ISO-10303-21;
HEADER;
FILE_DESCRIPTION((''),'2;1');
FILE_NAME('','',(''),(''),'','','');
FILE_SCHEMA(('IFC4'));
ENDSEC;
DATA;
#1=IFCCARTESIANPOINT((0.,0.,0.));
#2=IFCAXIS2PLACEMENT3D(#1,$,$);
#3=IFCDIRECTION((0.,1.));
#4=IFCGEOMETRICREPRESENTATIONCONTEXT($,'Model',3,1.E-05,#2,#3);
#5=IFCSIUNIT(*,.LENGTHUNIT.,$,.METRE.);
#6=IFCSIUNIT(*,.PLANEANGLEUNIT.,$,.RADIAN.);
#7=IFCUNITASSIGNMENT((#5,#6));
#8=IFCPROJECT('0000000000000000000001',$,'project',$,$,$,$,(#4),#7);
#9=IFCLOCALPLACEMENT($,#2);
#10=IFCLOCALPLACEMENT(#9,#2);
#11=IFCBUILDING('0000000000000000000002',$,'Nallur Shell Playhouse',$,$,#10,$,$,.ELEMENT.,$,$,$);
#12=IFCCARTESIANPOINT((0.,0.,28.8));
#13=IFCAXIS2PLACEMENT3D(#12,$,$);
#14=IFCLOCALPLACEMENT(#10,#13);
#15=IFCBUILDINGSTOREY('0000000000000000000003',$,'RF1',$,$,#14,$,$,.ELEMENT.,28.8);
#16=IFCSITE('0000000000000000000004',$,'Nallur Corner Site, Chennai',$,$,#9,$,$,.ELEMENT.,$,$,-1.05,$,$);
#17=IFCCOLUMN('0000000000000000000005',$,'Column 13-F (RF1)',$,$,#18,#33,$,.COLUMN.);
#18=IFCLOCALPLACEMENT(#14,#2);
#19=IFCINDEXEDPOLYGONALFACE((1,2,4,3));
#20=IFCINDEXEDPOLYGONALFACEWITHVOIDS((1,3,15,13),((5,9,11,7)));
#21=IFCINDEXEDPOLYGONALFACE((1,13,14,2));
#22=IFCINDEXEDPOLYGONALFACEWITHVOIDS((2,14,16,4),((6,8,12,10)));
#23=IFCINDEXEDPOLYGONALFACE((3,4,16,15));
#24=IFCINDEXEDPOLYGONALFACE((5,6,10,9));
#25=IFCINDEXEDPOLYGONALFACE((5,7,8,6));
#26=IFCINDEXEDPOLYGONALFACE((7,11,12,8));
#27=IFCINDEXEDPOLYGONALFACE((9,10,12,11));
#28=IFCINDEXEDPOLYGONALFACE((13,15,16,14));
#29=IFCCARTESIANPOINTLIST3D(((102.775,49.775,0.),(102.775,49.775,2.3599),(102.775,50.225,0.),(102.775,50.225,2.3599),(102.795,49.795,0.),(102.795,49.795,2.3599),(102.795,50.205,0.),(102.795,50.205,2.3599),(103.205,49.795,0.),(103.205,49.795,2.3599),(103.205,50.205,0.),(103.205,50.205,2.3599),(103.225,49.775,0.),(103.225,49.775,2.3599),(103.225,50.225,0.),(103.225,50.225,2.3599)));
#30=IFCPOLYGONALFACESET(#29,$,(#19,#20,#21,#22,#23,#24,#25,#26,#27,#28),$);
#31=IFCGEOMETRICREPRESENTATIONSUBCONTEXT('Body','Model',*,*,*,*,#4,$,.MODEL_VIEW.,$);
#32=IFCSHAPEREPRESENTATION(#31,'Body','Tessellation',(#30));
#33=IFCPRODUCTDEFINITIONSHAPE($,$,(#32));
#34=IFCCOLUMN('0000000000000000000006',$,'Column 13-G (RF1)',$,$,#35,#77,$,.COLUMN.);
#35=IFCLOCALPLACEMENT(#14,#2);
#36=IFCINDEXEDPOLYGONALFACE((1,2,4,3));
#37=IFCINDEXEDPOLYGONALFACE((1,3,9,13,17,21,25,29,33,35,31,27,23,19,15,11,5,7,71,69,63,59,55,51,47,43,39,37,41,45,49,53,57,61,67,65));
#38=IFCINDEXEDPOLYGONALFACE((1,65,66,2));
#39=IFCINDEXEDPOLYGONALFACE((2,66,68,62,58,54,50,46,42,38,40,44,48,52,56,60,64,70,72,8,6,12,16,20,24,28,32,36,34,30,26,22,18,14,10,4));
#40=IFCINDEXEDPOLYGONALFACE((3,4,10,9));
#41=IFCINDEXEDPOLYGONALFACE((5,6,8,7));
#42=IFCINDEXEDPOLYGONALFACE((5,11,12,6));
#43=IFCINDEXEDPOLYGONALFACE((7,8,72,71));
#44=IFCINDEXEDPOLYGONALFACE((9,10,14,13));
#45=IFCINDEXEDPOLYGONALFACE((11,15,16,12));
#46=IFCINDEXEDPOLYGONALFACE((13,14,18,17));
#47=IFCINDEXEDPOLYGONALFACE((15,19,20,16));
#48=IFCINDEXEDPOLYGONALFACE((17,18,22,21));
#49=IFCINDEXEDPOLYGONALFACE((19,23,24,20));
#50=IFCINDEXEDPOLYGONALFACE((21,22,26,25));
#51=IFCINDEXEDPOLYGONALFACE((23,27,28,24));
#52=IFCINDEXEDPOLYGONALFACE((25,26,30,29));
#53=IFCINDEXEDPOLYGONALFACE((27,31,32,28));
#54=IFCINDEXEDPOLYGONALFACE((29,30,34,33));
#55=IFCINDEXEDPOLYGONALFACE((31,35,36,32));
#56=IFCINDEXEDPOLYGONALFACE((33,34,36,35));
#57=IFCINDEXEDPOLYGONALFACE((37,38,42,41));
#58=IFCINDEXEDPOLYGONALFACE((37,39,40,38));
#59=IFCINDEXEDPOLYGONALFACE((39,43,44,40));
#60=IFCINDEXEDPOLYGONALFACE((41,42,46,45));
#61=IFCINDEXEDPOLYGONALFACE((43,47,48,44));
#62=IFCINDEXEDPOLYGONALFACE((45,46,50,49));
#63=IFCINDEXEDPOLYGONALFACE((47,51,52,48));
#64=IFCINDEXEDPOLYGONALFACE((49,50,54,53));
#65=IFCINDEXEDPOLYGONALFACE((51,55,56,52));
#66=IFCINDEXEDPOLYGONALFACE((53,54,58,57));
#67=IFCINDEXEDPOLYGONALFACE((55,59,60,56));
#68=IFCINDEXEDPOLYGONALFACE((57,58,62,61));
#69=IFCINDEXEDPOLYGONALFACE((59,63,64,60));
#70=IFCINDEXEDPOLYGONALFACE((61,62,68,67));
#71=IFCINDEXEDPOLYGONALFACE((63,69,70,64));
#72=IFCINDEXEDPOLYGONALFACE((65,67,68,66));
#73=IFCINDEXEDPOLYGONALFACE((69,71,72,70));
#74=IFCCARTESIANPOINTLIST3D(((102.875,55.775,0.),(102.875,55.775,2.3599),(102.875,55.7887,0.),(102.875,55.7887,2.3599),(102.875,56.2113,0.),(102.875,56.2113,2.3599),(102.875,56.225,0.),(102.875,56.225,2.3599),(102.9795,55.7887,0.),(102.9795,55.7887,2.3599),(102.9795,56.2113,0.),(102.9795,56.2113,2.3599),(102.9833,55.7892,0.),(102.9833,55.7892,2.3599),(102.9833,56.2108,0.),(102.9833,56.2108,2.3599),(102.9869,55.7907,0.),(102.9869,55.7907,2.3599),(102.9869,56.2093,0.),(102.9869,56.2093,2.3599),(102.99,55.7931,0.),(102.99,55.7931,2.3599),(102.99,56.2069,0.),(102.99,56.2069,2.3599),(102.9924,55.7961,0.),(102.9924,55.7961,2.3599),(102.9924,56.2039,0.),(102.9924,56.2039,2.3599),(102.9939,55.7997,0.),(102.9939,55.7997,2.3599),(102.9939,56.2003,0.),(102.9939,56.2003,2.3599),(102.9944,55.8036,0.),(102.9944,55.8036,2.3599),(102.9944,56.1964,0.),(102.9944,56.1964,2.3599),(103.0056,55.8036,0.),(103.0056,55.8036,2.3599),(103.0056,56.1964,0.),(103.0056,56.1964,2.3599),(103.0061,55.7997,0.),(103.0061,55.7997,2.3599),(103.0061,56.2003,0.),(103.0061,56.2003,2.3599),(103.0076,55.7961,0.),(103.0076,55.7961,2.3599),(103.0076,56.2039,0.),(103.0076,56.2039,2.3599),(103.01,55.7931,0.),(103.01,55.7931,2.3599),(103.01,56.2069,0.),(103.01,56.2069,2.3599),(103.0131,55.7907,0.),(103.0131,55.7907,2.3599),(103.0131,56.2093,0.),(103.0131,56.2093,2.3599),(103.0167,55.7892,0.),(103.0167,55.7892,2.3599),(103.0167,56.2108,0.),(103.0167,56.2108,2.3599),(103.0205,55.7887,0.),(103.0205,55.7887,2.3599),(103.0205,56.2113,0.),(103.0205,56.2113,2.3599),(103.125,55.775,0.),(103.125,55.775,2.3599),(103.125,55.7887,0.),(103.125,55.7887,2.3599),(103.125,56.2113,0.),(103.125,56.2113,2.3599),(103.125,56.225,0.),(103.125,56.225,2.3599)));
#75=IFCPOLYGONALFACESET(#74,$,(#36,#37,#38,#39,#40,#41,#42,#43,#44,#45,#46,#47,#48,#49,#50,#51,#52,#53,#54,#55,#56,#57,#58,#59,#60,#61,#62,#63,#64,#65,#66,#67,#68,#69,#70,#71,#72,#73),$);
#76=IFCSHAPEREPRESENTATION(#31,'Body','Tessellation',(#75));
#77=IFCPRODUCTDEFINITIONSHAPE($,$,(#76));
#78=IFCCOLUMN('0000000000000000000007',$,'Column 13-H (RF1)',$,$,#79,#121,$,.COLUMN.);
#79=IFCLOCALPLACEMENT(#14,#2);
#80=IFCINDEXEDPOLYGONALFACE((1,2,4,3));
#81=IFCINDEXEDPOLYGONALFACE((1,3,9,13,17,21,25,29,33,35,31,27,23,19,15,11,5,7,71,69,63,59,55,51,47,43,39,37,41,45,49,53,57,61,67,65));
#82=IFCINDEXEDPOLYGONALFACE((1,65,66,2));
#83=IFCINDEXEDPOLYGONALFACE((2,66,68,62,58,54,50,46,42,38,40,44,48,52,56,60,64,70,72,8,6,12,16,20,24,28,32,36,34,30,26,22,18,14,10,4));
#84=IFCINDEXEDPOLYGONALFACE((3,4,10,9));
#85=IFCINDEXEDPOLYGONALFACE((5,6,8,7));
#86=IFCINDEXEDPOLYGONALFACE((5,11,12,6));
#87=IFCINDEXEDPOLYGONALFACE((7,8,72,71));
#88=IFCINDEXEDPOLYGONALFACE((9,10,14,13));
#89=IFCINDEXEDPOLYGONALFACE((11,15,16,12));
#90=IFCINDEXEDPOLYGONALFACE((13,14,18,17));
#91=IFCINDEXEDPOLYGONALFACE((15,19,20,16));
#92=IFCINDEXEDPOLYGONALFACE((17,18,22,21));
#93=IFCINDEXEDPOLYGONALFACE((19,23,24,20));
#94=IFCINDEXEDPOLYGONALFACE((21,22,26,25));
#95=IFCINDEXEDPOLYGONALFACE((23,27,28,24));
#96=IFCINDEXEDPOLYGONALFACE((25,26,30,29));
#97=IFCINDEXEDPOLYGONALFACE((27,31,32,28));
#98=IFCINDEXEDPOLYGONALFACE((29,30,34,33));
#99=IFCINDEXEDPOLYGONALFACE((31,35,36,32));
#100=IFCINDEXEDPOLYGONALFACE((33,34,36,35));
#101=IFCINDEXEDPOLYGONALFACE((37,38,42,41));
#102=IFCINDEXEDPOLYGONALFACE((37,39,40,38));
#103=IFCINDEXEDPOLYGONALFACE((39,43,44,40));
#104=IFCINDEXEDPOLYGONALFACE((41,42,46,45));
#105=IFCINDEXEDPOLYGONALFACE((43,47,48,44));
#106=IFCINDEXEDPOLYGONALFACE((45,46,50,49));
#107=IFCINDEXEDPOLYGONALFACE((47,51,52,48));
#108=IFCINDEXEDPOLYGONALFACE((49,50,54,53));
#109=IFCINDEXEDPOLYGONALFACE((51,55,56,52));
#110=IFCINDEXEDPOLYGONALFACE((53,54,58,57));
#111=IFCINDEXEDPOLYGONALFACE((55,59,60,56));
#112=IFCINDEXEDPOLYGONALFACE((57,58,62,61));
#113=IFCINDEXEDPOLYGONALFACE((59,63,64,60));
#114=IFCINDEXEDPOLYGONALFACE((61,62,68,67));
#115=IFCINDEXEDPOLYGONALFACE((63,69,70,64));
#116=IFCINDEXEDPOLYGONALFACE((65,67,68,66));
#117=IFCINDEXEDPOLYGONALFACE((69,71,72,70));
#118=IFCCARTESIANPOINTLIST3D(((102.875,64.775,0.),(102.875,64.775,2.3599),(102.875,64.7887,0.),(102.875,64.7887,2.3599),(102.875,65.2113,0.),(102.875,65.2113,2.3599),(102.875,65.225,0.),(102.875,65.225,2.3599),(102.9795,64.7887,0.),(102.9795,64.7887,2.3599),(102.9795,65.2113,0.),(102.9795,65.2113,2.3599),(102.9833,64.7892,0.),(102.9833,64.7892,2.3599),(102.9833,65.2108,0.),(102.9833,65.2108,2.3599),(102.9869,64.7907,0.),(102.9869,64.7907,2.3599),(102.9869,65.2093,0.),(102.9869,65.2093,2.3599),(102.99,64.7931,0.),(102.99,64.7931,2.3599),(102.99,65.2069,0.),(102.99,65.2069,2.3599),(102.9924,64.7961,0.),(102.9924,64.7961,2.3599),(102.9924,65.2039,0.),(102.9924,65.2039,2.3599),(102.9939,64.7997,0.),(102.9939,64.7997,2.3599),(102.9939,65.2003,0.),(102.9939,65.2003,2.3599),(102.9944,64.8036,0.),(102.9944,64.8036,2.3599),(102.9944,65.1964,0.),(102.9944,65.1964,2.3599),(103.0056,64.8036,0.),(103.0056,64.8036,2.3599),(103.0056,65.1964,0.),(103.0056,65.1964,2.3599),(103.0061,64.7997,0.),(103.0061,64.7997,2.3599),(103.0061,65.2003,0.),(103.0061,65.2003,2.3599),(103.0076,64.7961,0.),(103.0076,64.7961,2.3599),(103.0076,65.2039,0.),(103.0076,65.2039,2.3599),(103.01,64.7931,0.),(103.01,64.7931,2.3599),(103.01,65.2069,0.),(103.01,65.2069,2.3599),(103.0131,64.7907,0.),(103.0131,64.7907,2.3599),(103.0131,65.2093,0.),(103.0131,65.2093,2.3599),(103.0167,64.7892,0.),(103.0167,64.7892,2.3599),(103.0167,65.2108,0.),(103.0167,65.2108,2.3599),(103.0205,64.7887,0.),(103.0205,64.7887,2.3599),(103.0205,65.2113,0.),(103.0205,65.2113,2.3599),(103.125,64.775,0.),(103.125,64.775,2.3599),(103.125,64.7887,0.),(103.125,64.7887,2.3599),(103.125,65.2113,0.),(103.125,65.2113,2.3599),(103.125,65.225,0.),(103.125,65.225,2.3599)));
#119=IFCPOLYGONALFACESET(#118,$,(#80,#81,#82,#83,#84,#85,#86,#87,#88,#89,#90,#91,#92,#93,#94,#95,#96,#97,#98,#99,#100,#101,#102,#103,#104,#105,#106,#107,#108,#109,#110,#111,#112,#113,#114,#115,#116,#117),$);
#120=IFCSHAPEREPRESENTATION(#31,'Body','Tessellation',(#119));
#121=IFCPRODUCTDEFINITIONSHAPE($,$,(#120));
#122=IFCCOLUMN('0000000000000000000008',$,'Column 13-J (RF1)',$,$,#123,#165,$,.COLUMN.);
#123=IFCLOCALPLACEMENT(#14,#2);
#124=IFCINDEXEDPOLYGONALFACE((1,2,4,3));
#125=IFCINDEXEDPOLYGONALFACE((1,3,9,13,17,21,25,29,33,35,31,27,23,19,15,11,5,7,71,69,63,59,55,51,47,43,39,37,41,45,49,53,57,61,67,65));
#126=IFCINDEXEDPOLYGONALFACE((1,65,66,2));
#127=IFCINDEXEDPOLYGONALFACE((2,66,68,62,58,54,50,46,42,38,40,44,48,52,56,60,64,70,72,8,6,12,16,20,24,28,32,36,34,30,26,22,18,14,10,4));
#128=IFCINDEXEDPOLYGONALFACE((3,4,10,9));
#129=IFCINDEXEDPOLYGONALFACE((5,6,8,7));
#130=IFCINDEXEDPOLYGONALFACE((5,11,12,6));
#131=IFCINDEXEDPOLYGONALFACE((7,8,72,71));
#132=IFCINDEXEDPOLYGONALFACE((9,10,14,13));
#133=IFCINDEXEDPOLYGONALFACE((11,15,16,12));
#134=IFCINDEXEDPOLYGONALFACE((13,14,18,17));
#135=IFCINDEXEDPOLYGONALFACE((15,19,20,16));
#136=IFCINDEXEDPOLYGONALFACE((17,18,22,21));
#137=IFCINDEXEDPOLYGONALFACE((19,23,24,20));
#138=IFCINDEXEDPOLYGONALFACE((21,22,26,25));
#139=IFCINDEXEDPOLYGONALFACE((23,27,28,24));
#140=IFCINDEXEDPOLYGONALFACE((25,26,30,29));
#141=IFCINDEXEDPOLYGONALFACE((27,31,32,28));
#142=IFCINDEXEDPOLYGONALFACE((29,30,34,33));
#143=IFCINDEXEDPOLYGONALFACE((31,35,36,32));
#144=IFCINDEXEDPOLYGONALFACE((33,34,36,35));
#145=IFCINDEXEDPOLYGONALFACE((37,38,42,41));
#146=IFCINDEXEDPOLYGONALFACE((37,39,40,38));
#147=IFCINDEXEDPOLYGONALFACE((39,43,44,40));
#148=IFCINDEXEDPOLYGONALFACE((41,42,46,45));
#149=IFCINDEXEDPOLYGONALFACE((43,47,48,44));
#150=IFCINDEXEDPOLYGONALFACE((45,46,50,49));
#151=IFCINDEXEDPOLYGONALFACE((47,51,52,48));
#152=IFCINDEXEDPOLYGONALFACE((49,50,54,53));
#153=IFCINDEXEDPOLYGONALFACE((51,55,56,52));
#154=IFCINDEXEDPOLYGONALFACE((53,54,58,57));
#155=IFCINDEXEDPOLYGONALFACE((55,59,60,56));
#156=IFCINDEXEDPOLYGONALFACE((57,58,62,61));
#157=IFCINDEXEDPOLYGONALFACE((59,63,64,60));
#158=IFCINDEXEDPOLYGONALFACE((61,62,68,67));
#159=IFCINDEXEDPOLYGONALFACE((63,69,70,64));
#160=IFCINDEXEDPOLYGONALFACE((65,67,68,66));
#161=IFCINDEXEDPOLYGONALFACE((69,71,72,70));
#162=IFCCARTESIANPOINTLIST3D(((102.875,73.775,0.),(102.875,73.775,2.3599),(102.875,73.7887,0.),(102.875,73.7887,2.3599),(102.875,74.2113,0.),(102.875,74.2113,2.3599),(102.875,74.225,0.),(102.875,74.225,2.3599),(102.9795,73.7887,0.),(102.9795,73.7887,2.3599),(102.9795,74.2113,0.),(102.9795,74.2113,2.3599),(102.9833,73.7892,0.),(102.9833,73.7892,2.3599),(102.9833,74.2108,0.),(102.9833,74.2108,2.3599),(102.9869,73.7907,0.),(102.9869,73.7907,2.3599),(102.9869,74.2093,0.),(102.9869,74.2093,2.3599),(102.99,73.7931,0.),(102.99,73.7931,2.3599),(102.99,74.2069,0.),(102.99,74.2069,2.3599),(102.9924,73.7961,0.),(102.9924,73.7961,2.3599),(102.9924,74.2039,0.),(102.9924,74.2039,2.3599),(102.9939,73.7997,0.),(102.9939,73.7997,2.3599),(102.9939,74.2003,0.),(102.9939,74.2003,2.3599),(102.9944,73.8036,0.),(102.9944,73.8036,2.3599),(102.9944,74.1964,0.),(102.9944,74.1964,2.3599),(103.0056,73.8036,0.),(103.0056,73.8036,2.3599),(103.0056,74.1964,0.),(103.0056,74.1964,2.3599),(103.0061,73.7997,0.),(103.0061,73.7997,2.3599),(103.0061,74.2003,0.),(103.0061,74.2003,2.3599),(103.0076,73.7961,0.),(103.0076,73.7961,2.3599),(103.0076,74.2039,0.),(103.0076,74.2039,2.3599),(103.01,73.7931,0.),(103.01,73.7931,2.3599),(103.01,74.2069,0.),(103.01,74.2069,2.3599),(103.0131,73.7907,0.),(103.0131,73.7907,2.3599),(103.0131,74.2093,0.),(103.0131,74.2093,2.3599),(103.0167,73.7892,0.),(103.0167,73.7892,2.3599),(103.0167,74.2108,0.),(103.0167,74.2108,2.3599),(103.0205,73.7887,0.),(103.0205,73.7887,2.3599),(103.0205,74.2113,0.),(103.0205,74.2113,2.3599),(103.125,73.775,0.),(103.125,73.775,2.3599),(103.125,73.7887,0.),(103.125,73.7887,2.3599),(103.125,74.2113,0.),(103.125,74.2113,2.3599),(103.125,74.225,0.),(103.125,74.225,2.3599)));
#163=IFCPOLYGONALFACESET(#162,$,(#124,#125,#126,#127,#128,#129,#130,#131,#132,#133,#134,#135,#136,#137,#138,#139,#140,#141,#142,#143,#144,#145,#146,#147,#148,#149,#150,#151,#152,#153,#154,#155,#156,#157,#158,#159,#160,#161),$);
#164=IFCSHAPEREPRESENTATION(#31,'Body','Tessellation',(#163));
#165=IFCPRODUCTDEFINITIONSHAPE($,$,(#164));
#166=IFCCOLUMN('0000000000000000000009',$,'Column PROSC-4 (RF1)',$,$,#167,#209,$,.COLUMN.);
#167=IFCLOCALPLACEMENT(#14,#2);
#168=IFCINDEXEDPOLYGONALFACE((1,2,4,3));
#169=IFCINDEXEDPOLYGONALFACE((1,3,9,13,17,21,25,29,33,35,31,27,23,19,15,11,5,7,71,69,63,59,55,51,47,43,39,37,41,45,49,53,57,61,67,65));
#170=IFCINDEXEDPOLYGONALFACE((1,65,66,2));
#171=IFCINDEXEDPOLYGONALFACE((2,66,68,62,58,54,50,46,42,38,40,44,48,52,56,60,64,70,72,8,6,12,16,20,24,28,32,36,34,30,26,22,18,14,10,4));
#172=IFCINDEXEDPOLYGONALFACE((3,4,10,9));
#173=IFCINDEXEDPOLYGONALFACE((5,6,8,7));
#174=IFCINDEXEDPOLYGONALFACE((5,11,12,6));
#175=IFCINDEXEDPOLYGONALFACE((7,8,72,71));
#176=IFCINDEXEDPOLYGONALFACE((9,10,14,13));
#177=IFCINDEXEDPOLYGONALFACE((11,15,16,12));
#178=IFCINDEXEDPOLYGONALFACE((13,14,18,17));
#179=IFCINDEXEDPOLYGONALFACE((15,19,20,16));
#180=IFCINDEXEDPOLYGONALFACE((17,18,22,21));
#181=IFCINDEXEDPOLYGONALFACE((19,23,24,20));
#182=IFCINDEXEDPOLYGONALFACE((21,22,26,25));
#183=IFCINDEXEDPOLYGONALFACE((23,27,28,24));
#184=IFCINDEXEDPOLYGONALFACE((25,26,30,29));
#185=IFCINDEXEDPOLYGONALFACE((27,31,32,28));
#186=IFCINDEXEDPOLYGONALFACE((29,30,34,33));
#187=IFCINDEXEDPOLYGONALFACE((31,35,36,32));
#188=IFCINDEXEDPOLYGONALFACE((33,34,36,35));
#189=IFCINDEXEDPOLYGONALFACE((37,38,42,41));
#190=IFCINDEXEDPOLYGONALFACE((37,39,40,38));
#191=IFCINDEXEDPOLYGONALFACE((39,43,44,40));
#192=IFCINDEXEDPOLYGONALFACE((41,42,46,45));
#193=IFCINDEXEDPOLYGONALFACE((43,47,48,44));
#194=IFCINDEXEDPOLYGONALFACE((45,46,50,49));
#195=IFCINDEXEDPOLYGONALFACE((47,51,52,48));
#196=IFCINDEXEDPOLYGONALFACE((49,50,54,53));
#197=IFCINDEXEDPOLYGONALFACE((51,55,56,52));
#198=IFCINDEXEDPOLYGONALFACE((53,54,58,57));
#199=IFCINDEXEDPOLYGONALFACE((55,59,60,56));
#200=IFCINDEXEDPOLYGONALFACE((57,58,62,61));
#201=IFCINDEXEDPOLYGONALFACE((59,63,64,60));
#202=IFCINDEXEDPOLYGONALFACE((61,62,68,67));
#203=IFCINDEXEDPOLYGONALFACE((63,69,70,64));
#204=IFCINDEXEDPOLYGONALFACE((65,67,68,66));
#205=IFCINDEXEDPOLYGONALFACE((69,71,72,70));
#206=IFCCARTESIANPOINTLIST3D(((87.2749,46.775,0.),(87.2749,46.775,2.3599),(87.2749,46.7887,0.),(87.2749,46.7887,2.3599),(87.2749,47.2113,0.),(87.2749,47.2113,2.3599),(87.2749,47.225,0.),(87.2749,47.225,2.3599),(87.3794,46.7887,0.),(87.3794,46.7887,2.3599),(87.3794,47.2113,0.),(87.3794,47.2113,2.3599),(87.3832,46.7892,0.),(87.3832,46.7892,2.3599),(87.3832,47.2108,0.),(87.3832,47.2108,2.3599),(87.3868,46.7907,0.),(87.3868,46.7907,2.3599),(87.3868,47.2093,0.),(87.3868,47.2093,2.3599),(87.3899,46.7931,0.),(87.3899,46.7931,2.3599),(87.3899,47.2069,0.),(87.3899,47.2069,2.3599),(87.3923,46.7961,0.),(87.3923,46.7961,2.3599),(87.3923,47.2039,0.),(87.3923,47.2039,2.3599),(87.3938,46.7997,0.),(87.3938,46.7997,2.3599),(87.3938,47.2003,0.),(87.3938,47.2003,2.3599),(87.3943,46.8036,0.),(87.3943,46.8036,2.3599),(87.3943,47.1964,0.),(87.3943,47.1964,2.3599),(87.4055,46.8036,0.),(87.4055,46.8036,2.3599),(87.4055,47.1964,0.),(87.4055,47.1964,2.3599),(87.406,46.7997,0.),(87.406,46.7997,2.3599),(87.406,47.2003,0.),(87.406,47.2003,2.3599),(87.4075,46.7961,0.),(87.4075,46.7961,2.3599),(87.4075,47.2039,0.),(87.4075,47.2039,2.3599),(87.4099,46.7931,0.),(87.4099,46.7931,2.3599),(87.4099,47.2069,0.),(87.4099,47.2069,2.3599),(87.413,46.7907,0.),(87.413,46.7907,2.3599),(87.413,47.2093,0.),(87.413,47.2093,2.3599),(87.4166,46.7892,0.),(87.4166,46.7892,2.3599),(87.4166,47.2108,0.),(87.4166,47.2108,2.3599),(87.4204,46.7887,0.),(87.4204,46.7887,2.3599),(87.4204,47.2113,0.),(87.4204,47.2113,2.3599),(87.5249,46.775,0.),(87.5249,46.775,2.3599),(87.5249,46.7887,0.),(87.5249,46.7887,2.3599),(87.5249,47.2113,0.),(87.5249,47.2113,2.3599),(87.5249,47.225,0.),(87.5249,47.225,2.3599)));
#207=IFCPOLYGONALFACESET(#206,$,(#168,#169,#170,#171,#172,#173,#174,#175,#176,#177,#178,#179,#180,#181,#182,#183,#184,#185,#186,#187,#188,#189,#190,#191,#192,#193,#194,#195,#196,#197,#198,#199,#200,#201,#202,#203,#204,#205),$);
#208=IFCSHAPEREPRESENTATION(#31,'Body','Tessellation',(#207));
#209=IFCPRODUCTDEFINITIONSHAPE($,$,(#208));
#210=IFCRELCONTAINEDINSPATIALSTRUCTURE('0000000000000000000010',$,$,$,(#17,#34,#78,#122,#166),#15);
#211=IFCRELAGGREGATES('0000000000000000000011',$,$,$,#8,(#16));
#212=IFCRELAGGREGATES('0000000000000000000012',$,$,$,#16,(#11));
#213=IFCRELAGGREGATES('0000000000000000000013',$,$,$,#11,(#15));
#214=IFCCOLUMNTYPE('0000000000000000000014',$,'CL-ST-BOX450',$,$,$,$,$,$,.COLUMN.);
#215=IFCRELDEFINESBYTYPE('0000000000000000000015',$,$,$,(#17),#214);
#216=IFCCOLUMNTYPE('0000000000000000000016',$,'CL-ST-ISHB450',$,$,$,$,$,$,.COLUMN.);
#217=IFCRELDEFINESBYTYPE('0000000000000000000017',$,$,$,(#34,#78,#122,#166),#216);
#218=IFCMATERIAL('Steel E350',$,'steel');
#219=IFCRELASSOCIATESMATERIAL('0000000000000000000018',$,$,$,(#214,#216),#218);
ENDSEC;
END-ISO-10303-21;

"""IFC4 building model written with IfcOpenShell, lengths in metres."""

from ifc_helpers import new_model, si_unit, direction, frame, origin, origin_2d, place, context, subcontext, project, spatial, hollow_rectangle, i_section, extrude, material, material_profile, profile_set, type_object, element, save


model = new_model("IFC4")

# Units and contexts
model_context = context("Model", 3, precision=1e-05, world=origin(), true_north=direction((0.0, 1.0)))
body_context = subcontext(model_context, "Body", "Model", "MODEL_VIEW")
ifc_project = project(units=[si_unit("LENGTHUNIT", "METRE"), si_unit("PLANEANGLEUNIT", "RADIAN")], contexts=[model_context])

# Site, building, storey
site_placement = place(None, origin())
site = spatial("IfcSite", under=ifc_project, at=site_placement, Name="Nallur Corner Site, Chennai", CompositionType="ELEMENT", RefElevation=-1.05)
building_placement = place(site_placement, origin())
building = spatial("IfcBuilding", under=site, at=building_placement, Name="Nallur Shell Playhouse", CompositionType="ELEMENT")
storey_placement = place(building_placement, frame((0.0, 0.0, 28.8)))
storey = spatial("IfcBuildingStorey", under=building, at=storey_placement, Name="RF1", CompositionType="ELEMENT", Elevation=28.8)

# Columns
ifc_material_1 = material(Name="Steel E350", Category="steel")
ifc_material_profile_1 = material_profile(ifc_material_1, hollow_rectangle(XDim=0.45, YDim=0.45, WallThickness=0.02, at=origin_2d()), Name="BOX 450x450x20")
ifc_profile_set_1 = profile_set([ifc_material_profile_1], Name="Steel E350")
column_type_1 = type_object("IfcColumnType", Name="CL-ST-BOX450", PredefinedType="COLUMN", material=ifc_profile_set_1)
column_placement = place(storey_placement, frame((103.0, 50.0, 0.0), z_axis=(0.0, 0.0, 1.0), x_axis=(1.0, 0.0, 0.0)))
element("IfcColumn", 1, at=column_placement, inside=storey, type_object=column_type_1, Name="Column 13-F (RF1)", PredefinedType="COLUMN", context=body_context, shape_type="SweptSolid", body=[
    extrude(hollow_rectangle(XDim=0.45, YDim=0.45, WallThickness=0.02, at=origin_2d()), origin(), (0.0, 0.0, 1.0), 2.3599),
])
ifc_material_profile_2 = material_profile(ifc_material_1, i_section(OverallWidth=0.25, OverallDepth=0.45, WebThickness=0.0112, FlangeThickness=0.0137, FilletRadius=0.0149, at=origin_2d()), Name="ISHB 450")
ifc_profile_set_2 = profile_set([ifc_material_profile_2], Name="Steel E350")
column_type_2 = type_object("IfcColumnType", Name="CL-ST-ISHB450", PredefinedType="COLUMN", material=ifc_profile_set_2)
for number, where, z_axis, x_axis, name in (
    (2, (103.0, 56.0, 0.0), (0.0, 0.0, 1.0), (1.0, 0.0, 0.0), "Column 13-G (RF1)"),
    (3, (103.0, 65.0, 0.0), (0.0, 0.0, 1.0), (1.0, 0.0, 0.0), "Column 13-H (RF1)"),
    (4, (103.0, 74.0, 0.0), (0.0, 0.0, 1.0), (1.0, 0.0, 0.0), "Column 13-J (RF1)"),
    (5, (87.3999, 47.0, 0.0), (0.0, 0.0, 1.0), (1.0, 0.0, 0.0), "Column PROSC-4 (RF1)"),
):
    element("IfcColumn", number, at=place(storey_placement, frame(where, z_axis=z_axis, x_axis=x_axis)), inside=storey, type_object=column_type_2, Name=name, PredefinedType="COLUMN", context=body_context, shape_type="SweptSolid", body=[
        extrude(i_section(OverallWidth=0.25, OverallDepth=0.45, WebThickness=0.0112, FlangeThickness=0.0137, FilletRadius=0.0149, at=origin_2d()), origin(), (0.0, 0.0, 1.0), 2.3599),
    ])

save(model, "model.ifc")
